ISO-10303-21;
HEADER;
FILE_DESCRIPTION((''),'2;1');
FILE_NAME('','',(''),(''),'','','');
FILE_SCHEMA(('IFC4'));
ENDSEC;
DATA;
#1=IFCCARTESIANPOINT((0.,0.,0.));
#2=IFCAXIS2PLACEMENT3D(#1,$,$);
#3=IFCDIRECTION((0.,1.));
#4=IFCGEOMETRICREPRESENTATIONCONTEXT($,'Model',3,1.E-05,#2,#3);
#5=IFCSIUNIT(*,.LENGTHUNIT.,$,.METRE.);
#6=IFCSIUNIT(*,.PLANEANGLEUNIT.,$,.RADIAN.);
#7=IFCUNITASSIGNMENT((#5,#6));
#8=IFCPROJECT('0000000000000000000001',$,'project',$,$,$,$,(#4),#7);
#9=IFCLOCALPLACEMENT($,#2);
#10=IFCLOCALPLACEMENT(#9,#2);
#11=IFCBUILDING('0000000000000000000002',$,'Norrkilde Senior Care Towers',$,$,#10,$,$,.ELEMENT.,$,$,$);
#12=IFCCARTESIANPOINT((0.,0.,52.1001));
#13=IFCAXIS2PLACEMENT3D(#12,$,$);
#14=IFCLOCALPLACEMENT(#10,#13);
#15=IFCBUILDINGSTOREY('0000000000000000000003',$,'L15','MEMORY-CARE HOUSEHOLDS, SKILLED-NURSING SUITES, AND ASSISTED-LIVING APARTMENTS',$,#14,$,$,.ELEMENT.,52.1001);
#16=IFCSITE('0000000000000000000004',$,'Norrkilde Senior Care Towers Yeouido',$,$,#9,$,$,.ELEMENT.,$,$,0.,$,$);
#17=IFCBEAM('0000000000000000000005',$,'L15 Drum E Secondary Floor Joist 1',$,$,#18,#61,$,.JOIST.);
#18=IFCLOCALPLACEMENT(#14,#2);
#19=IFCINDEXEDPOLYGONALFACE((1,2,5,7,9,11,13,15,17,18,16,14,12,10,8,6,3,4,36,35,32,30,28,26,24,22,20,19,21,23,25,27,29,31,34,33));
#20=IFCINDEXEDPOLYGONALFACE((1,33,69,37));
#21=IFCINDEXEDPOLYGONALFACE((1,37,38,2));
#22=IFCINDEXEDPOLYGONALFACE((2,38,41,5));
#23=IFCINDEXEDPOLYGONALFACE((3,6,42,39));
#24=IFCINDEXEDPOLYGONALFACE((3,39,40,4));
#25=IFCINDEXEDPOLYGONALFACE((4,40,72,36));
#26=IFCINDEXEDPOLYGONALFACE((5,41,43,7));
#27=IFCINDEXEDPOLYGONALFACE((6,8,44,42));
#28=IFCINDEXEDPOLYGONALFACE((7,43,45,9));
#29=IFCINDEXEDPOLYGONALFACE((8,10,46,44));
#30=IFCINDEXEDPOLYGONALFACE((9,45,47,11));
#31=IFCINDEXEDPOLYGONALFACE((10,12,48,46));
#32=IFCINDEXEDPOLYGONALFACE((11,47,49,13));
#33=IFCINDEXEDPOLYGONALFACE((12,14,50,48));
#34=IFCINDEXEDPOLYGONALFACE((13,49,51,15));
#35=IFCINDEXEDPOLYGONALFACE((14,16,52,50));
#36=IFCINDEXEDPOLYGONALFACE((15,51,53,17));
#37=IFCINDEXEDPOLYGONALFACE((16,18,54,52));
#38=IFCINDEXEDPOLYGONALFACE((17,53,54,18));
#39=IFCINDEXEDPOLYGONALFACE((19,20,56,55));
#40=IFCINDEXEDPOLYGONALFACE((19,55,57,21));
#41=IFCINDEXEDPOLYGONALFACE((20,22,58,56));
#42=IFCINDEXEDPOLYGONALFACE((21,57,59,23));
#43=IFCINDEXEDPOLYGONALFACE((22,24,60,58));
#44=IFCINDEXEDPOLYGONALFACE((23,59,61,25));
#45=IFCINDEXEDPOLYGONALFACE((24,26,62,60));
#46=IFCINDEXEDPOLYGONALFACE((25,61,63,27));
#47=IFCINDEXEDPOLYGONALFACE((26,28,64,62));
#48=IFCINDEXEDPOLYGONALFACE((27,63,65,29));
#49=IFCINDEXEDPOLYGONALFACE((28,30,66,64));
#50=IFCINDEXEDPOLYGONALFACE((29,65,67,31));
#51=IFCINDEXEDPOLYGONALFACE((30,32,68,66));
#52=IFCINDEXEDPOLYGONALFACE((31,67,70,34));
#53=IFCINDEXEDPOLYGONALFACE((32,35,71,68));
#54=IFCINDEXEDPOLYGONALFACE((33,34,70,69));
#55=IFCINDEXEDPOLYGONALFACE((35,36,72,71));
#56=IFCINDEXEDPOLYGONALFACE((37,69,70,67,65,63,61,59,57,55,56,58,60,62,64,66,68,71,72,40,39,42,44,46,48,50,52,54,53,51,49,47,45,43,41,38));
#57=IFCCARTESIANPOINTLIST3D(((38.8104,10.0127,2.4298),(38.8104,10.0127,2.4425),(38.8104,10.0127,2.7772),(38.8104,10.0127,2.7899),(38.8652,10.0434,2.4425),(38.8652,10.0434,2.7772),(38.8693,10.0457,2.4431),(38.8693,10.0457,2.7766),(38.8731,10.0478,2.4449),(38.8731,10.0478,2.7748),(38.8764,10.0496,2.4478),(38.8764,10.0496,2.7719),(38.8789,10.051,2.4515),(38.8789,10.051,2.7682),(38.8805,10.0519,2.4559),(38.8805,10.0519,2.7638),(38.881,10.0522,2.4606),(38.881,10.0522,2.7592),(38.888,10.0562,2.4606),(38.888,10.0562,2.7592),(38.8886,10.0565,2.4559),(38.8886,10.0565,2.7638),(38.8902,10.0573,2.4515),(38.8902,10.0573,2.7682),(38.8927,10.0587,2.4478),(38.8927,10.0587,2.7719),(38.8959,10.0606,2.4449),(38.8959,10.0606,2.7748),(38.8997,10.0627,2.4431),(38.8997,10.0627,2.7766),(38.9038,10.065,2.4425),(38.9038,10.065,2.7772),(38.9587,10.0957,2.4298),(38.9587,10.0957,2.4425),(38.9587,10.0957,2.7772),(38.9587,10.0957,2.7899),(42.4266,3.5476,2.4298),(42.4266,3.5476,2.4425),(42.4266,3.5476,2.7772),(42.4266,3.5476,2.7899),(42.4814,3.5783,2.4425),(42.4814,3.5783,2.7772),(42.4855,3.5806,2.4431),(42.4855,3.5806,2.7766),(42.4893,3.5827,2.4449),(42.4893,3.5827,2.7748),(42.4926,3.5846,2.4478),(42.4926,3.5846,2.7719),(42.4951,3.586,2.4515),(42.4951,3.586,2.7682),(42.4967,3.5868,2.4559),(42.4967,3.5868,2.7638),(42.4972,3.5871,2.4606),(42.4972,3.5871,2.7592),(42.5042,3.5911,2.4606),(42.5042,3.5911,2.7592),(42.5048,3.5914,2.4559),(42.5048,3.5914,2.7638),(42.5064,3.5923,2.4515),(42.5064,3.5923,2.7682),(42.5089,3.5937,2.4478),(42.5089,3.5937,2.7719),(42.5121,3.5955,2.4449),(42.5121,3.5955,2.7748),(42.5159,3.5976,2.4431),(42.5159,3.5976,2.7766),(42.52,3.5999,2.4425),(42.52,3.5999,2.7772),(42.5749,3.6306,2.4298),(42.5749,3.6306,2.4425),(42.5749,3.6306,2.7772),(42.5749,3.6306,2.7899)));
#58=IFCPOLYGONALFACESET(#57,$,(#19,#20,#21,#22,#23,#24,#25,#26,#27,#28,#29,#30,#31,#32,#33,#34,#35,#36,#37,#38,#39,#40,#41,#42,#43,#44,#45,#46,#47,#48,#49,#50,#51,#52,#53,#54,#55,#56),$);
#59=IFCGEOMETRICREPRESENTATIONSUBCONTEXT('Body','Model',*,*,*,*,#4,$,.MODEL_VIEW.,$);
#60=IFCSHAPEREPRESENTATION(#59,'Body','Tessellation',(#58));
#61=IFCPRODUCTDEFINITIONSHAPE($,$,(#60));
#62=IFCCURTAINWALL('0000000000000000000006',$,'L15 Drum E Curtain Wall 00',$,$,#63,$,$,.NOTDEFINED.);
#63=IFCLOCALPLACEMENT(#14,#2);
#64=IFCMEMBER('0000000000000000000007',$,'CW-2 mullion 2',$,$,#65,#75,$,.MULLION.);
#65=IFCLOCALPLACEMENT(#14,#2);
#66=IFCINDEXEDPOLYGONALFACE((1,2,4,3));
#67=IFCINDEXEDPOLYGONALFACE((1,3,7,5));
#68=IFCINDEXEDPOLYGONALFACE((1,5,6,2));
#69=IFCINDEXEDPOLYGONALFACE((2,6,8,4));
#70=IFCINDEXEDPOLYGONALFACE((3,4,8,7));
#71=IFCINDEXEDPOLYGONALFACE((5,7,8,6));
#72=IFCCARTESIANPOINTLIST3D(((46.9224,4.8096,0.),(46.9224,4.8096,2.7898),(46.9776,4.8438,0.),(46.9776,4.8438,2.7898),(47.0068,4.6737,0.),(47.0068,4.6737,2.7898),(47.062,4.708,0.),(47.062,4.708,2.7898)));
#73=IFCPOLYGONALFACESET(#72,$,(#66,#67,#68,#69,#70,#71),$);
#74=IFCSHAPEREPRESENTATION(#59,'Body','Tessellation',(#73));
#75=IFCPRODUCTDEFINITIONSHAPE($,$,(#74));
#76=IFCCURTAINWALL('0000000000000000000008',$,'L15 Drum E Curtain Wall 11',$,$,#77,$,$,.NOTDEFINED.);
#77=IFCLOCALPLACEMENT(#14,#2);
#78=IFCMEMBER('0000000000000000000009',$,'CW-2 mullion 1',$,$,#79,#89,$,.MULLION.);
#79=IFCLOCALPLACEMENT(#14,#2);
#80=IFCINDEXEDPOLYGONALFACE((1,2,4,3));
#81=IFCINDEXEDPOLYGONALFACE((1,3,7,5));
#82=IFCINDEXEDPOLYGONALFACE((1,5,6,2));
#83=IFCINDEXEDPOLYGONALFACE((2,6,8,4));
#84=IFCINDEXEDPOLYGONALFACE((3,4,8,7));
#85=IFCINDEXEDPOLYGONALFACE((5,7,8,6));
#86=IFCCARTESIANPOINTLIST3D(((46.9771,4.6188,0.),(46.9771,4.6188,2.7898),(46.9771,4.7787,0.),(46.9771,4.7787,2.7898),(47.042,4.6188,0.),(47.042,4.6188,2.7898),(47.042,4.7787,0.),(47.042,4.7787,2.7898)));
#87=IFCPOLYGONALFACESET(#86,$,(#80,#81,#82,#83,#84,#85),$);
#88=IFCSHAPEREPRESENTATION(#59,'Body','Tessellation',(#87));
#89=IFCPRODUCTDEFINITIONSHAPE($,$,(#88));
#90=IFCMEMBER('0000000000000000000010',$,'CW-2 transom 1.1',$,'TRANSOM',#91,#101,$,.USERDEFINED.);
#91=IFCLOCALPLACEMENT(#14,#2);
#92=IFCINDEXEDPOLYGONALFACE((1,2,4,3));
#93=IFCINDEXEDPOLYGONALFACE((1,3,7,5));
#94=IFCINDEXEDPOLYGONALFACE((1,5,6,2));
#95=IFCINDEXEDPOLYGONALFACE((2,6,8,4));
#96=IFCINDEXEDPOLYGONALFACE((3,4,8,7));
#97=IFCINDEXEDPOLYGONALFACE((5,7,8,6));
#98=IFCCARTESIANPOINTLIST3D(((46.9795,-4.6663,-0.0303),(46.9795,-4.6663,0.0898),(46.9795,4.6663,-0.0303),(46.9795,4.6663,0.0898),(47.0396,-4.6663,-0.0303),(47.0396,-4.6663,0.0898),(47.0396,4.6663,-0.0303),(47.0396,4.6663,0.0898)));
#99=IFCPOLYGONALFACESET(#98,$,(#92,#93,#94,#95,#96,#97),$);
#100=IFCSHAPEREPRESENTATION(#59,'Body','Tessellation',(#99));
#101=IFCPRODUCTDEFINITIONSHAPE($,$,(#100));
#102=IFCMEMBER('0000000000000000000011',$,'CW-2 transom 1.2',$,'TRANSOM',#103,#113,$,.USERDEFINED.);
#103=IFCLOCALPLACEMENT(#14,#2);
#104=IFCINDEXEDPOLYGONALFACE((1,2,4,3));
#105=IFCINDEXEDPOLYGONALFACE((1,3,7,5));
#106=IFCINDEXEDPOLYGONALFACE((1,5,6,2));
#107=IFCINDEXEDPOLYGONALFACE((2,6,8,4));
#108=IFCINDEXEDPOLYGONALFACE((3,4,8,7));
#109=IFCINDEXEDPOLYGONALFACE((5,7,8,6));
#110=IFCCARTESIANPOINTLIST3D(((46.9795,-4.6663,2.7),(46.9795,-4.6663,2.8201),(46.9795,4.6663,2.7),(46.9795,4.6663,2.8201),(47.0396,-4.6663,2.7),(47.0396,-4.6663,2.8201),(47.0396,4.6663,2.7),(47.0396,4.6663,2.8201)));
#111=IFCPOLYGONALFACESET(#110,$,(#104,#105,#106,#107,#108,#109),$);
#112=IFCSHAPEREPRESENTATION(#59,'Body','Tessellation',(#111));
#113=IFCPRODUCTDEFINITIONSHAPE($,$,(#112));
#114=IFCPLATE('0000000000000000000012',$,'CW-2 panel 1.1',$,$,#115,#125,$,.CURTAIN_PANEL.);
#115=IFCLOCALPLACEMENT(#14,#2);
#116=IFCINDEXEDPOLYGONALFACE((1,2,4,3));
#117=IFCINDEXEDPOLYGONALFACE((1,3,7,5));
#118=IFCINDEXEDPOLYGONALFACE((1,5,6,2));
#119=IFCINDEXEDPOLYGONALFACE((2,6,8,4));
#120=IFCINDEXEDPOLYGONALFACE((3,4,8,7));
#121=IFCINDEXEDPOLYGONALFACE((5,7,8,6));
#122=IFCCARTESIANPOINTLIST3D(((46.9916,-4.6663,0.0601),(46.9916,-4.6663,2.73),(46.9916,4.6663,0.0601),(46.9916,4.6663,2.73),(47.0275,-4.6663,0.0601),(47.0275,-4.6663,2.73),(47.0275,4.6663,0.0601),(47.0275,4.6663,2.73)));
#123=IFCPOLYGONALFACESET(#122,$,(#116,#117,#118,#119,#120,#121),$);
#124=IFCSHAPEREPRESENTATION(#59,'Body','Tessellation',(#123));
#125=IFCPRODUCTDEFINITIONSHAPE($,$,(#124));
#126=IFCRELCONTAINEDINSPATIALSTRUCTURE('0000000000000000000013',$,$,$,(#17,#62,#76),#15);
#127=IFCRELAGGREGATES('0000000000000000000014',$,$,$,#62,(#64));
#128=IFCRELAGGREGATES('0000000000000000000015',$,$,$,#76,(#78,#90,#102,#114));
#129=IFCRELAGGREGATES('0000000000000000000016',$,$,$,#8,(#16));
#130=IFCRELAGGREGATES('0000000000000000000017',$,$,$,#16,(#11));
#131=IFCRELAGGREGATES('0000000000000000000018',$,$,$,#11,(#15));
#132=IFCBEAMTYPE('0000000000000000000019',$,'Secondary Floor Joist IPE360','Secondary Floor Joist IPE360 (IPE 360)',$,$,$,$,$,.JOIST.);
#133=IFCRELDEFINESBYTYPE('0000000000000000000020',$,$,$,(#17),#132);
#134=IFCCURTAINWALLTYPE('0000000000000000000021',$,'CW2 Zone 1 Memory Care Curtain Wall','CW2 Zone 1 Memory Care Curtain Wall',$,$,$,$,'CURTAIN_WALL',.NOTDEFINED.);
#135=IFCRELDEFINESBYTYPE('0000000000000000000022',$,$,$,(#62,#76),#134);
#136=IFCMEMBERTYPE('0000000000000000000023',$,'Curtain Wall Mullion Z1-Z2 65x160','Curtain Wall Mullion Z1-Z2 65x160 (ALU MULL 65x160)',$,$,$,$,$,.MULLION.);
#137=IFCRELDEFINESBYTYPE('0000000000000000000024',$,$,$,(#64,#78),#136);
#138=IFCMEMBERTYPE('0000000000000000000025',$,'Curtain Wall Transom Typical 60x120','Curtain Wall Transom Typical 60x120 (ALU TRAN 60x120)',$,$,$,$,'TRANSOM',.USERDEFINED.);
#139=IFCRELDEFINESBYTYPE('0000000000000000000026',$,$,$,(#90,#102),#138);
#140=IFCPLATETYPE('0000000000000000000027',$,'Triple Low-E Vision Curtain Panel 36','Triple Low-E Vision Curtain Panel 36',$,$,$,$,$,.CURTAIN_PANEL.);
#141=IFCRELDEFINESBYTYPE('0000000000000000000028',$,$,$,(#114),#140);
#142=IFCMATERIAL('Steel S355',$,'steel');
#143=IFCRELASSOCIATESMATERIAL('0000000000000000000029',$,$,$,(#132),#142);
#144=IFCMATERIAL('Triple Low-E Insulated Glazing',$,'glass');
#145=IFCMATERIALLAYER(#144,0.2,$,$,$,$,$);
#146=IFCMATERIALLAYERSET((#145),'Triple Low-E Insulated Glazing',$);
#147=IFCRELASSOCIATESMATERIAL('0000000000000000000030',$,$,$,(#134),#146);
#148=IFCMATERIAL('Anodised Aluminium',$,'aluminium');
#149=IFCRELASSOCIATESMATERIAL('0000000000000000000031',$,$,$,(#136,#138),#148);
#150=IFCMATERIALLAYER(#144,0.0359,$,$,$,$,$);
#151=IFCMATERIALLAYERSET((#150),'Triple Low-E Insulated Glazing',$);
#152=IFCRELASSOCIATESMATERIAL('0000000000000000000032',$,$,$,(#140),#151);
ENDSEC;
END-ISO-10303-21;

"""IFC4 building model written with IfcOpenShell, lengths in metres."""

from ifc_helpers import new_model, si_unit, direction, frame, origin, origin_2d, place, context, subcontext, project, spatial, rectangle, i_section, extrude, source, transform, mapped, material, layer, layer_set, material_profile, profile_set, type_object, type_shapes, element, aggregate, save


model = new_model("IFC4")

# Units and contexts
model_context = context("Model", 3, precision=1e-05, world=origin(), true_north=direction((0.0, 1.0)))
body_context = subcontext(model_context, "Body", "Model", "MODEL_VIEW")
ifc_project = project(units=[si_unit("LENGTHUNIT", "METRE"), si_unit("PLANEANGLEUNIT", "RADIAN")], contexts=[model_context])

# Site, building, storey
site_placement = place(None, origin())
site = spatial("IfcSite", under=ifc_project, at=site_placement, Name="Norrkilde Senior Care Towers Yeouido", CompositionType="ELEMENT", RefElevation=0.0)
building_placement = place(site_placement, origin())
building = spatial("IfcBuilding", under=site, at=building_placement, Name="Norrkilde Senior Care Towers", CompositionType="ELEMENT")
storey_placement = place(building_placement, frame((0.0, 0.0, 52.1001)))
storey = spatial("IfcBuildingStorey", under=building, at=storey_placement, Name="L15", Description="MEMORY-CARE HOUSEHOLDS, SKILLED-NURSING SUITES, AND ASSISTED-LIVING APARTMENTS", CompositionType="ELEMENT", Elevation=52.1001)

# Beam
ifc_material_1 = material(Name="Steel S355", Category="steel")
ifc_material_profile_1 = material_profile(ifc_material_1, i_section(OverallWidth=0.1699, OverallDepth=0.3601, WebThickness=0.0081, FlangeThickness=0.0127, FilletRadius=0.0181, at=origin_2d()), Name="IPE 360")
ifc_profile_set_1 = profile_set([ifc_material_profile_1], Name="Steel S355")
beam_type_1 = type_object("IfcBeamType", Name="Secondary Floor Joist IPE360", Description="Secondary Floor Joist IPE360 (IPE 360)", PredefinedType="JOIST", material=ifc_profile_set_1)
shared_shape_1 = source(origin(), body_context, "Body", "SweptSolid", [
    extrude(i_section(OverallWidth=0.1699, OverallDepth=0.3601, WebThickness=0.0081, FlangeThickness=0.0127, FilletRadius=0.0181, at=origin_2d()), origin(), (0.0, 0.0, 1.0), 7.4077),
])
type_shapes(beam_type_1, [shared_shape_1])
beam_1_placement = place(storey_placement, frame((42.5007, 3.5891, 2.6099), z_axis=(-0.488168, 0.87275, 0.0), x_axis=(-0.87275, -0.488168, 0.0)))
element("IfcBeam", 1, at=beam_1_placement, inside=storey, type_object=beam_type_1, Name="L15 Drum E Secondary Floor Joist 1", PredefinedType="JOIST", context=body_context, shape_type="MappedRepresentation", body=[
    mapped(shared_shape_1, transform((0.0, 0.0, 0.0), x_axis=(1.0, 0.0, 0.0), y_axis=(0.0, 1.0, 0.0), z_axis=(0.0, 0.0, 1.0), scale=1.0)),
])

# Curtain wall, member
ifc_material_2 = material(Name="Triple Low-E Insulated Glazing", Category="glass")
ifc_layer_1 = layer(ifc_material_2, 0.2)
ifc_layer_set_1 = layer_set([ifc_layer_1], Name="Triple Low-E Insulated Glazing")
curtain_wall_type = type_object("IfcCurtainWallType", Name="CW2 Zone 1 Memory Care Curtain Wall", Description="CW2 Zone 1 Memory Care Curtain Wall", ElementType="CURTAIN_WALL", PredefinedType="NOTDEFINED", material=ifc_layer_set_1)
curtain_wall_1_placement = place(storey_placement, origin())
curtain_wall_1 = element("IfcCurtainWall", 2, at=curtain_wall_1_placement, inside=storey, type_object=curtain_wall_type, Name="L15 Drum E Curtain Wall 00", PredefinedType="NOTDEFINED")
ifc_material_3 = material(Name="Anodised Aluminium", Category="aluminium")
ifc_material_profile_2 = material_profile(ifc_material_3, rectangle(XDim=0.0649, YDim=0.1599, at=origin_2d()), Name="ALU MULL 65x160")
ifc_profile_set_2 = profile_set([ifc_material_profile_2], Name="Anodised Aluminium")
member_type_1 = type_object("IfcMemberType", Name="Curtain Wall Mullion Z1-Z2 65x160", Description="Curtain Wall Mullion Z1-Z2 65x160 (ALU MULL 65x160)", PredefinedType="MULLION", material=ifc_profile_set_2)
shared_shape_2 = source(origin(), body_context, "Body", "SweptSolid", [
    extrude(rectangle(XDim=0.0649, YDim=0.1599, at=origin_2d()), origin(), (0.0, 0.0, 1.0), 2.7898),
])
type_shapes(member_type_1, [shared_shape_2])
member_1_placement = place(storey_placement, frame((46.9922, 4.7588, 0.0), z_axis=(0.0, 0.0, 1.0), x_axis=(0.849306, 0.527901, 0.0)))
member_1 = element("IfcMember", 3, at=member_1_placement, type_object=member_type_1, Name="CW-2 mullion 2", PredefinedType="MULLION", context=body_context, shape_type="MappedRepresentation", body=[
    mapped(shared_shape_2, transform((0.0, 0.0, 0.0), x_axis=(1.0, 0.0, 0.0), y_axis=(0.0, 1.0, 0.0), z_axis=(0.0, 0.0, 1.0), scale=1.0)),
])
aggregate(curtain_wall_1, [member_1])

# Curtain wall, members, plate
curtain_wall_2_placement = place(storey_placement, origin())
curtain_wall_2 = element("IfcCurtainWall", 4, at=curtain_wall_2_placement, inside=storey, type_object=curtain_wall_type, Name="L15 Drum E Curtain Wall 11", PredefinedType="NOTDEFINED")
member_2_placement = place(storey_placement, frame((47.0095, 4.6987, 0.0), z_axis=(0.0, 0.0, 1.0), x_axis=(1.0, 0.0, 0.0)))
member_2 = element("IfcMember", 5, at=member_2_placement, type_object=member_type_1, Name="CW-2 mullion 1", PredefinedType="MULLION", context=body_context, shape_type="MappedRepresentation", body=[
    mapped(shared_shape_2, transform((0.0, 0.0, 0.0), x_axis=(1.0, 0.0, 0.0), y_axis=(0.0, 1.0, 0.0), z_axis=(0.0, 0.0, 1.0), scale=1.0)),
])
ifc_material_profile_3 = material_profile(ifc_material_3, rectangle(XDim=0.0601, YDim=0.1201, at=origin_2d()), Name="ALU TRAN 60x120")
ifc_profile_set_3 = profile_set([ifc_material_profile_3], Name="Anodised Aluminium")
member_type_2 = type_object("IfcMemberType", Name="Curtain Wall Transom Typical 60x120", Description="Curtain Wall Transom Typical 60x120 (ALU TRAN 60x120)", ElementType="TRANSOM", PredefinedType="USERDEFINED", material=ifc_profile_set_3)
shared_shape_3 = source(origin(), body_context, "Body", "SweptSolid", [
    extrude(rectangle(XDim=0.0601, YDim=0.1201, at=origin_2d()), origin(), (0.0, 0.0, 1.0), 9.3325),
])
type_shapes(member_type_2, [shared_shape_3])
member_3_placement = place(storey_placement, frame((47.0095, 4.6663, 0.0298), z_axis=(0.0, -1.0, 0.0), x_axis=(1.0, 0.0, 0.0)))
member_3 = element("IfcMember", 6, at=member_3_placement, type_object=member_type_2, Name="CW-2 transom 1.1", ObjectType="TRANSOM", PredefinedType="USERDEFINED", context=body_context, shape_type="MappedRepresentation", body=[
    mapped(shared_shape_3, transform((0.0, 0.0, 0.0), x_axis=(1.0, 0.0, 0.0), y_axis=(0.0, 1.0, 0.0), z_axis=(0.0, 0.0, 1.0), scale=1.0)),
])
member_4_placement = place(storey_placement, frame((47.0095, 4.6663, 2.76), z_axis=(0.0, -1.0, 0.0), x_axis=(1.0, 0.0, 0.0)))
member_4 = element("IfcMember", 7, at=member_4_placement, type_object=member_type_2, Name="CW-2 transom 1.2", ObjectType="TRANSOM", PredefinedType="USERDEFINED", context=body_context, shape_type="MappedRepresentation", body=[
    mapped(shared_shape_3, transform((0.0, 0.0, 0.0), x_axis=(1.0, 0.0, 0.0), y_axis=(0.0, 1.0, 0.0), z_axis=(0.0, 0.0, 1.0), scale=1.0)),
])
ifc_layer_2 = layer(ifc_material_2, 0.0359)
ifc_layer_set_2 = layer_set([ifc_layer_2], Name="Triple Low-E Insulated Glazing")
plate_type = type_object("IfcPlateType", Name="Triple Low-E Vision Curtain Panel 36", Description="Triple Low-E Vision Curtain Panel 36", PredefinedType="CURTAIN_PANEL", material=ifc_layer_set_2)
shared_shape_4 = source(origin(), body_context, "Body", "SweptSolid", [
    extrude(rectangle(XDim=9.3325, YDim=0.0359, at=origin_2d()), origin(), (0.0, 0.0, 1.0), 2.6699),
])
type_shapes(plate_type, [shared_shape_4])
plate_placement = place(storey_placement, frame((47.0095, 0.0, 0.0601), z_axis=(0.0, 0.0, 1.0), x_axis=(0.0, -1.0, 0.0)))
plate = element("IfcPlate", 8, at=plate_placement, type_object=plate_type, Name="CW-2 panel 1.1", PredefinedType="CURTAIN_PANEL", context=body_context, shape_type="MappedRepresentation", body=[
    mapped(shared_shape_4, transform((0.0, 0.0, 0.0), x_axis=(1.0, 0.0, 0.0), y_axis=(0.0, 1.0, 0.0), z_axis=(0.0, 0.0, 1.0), scale=1.0)),
])
aggregate(curtain_wall_2, [member_2, member_3, member_4, plate])

save(model, "model.ifc")
